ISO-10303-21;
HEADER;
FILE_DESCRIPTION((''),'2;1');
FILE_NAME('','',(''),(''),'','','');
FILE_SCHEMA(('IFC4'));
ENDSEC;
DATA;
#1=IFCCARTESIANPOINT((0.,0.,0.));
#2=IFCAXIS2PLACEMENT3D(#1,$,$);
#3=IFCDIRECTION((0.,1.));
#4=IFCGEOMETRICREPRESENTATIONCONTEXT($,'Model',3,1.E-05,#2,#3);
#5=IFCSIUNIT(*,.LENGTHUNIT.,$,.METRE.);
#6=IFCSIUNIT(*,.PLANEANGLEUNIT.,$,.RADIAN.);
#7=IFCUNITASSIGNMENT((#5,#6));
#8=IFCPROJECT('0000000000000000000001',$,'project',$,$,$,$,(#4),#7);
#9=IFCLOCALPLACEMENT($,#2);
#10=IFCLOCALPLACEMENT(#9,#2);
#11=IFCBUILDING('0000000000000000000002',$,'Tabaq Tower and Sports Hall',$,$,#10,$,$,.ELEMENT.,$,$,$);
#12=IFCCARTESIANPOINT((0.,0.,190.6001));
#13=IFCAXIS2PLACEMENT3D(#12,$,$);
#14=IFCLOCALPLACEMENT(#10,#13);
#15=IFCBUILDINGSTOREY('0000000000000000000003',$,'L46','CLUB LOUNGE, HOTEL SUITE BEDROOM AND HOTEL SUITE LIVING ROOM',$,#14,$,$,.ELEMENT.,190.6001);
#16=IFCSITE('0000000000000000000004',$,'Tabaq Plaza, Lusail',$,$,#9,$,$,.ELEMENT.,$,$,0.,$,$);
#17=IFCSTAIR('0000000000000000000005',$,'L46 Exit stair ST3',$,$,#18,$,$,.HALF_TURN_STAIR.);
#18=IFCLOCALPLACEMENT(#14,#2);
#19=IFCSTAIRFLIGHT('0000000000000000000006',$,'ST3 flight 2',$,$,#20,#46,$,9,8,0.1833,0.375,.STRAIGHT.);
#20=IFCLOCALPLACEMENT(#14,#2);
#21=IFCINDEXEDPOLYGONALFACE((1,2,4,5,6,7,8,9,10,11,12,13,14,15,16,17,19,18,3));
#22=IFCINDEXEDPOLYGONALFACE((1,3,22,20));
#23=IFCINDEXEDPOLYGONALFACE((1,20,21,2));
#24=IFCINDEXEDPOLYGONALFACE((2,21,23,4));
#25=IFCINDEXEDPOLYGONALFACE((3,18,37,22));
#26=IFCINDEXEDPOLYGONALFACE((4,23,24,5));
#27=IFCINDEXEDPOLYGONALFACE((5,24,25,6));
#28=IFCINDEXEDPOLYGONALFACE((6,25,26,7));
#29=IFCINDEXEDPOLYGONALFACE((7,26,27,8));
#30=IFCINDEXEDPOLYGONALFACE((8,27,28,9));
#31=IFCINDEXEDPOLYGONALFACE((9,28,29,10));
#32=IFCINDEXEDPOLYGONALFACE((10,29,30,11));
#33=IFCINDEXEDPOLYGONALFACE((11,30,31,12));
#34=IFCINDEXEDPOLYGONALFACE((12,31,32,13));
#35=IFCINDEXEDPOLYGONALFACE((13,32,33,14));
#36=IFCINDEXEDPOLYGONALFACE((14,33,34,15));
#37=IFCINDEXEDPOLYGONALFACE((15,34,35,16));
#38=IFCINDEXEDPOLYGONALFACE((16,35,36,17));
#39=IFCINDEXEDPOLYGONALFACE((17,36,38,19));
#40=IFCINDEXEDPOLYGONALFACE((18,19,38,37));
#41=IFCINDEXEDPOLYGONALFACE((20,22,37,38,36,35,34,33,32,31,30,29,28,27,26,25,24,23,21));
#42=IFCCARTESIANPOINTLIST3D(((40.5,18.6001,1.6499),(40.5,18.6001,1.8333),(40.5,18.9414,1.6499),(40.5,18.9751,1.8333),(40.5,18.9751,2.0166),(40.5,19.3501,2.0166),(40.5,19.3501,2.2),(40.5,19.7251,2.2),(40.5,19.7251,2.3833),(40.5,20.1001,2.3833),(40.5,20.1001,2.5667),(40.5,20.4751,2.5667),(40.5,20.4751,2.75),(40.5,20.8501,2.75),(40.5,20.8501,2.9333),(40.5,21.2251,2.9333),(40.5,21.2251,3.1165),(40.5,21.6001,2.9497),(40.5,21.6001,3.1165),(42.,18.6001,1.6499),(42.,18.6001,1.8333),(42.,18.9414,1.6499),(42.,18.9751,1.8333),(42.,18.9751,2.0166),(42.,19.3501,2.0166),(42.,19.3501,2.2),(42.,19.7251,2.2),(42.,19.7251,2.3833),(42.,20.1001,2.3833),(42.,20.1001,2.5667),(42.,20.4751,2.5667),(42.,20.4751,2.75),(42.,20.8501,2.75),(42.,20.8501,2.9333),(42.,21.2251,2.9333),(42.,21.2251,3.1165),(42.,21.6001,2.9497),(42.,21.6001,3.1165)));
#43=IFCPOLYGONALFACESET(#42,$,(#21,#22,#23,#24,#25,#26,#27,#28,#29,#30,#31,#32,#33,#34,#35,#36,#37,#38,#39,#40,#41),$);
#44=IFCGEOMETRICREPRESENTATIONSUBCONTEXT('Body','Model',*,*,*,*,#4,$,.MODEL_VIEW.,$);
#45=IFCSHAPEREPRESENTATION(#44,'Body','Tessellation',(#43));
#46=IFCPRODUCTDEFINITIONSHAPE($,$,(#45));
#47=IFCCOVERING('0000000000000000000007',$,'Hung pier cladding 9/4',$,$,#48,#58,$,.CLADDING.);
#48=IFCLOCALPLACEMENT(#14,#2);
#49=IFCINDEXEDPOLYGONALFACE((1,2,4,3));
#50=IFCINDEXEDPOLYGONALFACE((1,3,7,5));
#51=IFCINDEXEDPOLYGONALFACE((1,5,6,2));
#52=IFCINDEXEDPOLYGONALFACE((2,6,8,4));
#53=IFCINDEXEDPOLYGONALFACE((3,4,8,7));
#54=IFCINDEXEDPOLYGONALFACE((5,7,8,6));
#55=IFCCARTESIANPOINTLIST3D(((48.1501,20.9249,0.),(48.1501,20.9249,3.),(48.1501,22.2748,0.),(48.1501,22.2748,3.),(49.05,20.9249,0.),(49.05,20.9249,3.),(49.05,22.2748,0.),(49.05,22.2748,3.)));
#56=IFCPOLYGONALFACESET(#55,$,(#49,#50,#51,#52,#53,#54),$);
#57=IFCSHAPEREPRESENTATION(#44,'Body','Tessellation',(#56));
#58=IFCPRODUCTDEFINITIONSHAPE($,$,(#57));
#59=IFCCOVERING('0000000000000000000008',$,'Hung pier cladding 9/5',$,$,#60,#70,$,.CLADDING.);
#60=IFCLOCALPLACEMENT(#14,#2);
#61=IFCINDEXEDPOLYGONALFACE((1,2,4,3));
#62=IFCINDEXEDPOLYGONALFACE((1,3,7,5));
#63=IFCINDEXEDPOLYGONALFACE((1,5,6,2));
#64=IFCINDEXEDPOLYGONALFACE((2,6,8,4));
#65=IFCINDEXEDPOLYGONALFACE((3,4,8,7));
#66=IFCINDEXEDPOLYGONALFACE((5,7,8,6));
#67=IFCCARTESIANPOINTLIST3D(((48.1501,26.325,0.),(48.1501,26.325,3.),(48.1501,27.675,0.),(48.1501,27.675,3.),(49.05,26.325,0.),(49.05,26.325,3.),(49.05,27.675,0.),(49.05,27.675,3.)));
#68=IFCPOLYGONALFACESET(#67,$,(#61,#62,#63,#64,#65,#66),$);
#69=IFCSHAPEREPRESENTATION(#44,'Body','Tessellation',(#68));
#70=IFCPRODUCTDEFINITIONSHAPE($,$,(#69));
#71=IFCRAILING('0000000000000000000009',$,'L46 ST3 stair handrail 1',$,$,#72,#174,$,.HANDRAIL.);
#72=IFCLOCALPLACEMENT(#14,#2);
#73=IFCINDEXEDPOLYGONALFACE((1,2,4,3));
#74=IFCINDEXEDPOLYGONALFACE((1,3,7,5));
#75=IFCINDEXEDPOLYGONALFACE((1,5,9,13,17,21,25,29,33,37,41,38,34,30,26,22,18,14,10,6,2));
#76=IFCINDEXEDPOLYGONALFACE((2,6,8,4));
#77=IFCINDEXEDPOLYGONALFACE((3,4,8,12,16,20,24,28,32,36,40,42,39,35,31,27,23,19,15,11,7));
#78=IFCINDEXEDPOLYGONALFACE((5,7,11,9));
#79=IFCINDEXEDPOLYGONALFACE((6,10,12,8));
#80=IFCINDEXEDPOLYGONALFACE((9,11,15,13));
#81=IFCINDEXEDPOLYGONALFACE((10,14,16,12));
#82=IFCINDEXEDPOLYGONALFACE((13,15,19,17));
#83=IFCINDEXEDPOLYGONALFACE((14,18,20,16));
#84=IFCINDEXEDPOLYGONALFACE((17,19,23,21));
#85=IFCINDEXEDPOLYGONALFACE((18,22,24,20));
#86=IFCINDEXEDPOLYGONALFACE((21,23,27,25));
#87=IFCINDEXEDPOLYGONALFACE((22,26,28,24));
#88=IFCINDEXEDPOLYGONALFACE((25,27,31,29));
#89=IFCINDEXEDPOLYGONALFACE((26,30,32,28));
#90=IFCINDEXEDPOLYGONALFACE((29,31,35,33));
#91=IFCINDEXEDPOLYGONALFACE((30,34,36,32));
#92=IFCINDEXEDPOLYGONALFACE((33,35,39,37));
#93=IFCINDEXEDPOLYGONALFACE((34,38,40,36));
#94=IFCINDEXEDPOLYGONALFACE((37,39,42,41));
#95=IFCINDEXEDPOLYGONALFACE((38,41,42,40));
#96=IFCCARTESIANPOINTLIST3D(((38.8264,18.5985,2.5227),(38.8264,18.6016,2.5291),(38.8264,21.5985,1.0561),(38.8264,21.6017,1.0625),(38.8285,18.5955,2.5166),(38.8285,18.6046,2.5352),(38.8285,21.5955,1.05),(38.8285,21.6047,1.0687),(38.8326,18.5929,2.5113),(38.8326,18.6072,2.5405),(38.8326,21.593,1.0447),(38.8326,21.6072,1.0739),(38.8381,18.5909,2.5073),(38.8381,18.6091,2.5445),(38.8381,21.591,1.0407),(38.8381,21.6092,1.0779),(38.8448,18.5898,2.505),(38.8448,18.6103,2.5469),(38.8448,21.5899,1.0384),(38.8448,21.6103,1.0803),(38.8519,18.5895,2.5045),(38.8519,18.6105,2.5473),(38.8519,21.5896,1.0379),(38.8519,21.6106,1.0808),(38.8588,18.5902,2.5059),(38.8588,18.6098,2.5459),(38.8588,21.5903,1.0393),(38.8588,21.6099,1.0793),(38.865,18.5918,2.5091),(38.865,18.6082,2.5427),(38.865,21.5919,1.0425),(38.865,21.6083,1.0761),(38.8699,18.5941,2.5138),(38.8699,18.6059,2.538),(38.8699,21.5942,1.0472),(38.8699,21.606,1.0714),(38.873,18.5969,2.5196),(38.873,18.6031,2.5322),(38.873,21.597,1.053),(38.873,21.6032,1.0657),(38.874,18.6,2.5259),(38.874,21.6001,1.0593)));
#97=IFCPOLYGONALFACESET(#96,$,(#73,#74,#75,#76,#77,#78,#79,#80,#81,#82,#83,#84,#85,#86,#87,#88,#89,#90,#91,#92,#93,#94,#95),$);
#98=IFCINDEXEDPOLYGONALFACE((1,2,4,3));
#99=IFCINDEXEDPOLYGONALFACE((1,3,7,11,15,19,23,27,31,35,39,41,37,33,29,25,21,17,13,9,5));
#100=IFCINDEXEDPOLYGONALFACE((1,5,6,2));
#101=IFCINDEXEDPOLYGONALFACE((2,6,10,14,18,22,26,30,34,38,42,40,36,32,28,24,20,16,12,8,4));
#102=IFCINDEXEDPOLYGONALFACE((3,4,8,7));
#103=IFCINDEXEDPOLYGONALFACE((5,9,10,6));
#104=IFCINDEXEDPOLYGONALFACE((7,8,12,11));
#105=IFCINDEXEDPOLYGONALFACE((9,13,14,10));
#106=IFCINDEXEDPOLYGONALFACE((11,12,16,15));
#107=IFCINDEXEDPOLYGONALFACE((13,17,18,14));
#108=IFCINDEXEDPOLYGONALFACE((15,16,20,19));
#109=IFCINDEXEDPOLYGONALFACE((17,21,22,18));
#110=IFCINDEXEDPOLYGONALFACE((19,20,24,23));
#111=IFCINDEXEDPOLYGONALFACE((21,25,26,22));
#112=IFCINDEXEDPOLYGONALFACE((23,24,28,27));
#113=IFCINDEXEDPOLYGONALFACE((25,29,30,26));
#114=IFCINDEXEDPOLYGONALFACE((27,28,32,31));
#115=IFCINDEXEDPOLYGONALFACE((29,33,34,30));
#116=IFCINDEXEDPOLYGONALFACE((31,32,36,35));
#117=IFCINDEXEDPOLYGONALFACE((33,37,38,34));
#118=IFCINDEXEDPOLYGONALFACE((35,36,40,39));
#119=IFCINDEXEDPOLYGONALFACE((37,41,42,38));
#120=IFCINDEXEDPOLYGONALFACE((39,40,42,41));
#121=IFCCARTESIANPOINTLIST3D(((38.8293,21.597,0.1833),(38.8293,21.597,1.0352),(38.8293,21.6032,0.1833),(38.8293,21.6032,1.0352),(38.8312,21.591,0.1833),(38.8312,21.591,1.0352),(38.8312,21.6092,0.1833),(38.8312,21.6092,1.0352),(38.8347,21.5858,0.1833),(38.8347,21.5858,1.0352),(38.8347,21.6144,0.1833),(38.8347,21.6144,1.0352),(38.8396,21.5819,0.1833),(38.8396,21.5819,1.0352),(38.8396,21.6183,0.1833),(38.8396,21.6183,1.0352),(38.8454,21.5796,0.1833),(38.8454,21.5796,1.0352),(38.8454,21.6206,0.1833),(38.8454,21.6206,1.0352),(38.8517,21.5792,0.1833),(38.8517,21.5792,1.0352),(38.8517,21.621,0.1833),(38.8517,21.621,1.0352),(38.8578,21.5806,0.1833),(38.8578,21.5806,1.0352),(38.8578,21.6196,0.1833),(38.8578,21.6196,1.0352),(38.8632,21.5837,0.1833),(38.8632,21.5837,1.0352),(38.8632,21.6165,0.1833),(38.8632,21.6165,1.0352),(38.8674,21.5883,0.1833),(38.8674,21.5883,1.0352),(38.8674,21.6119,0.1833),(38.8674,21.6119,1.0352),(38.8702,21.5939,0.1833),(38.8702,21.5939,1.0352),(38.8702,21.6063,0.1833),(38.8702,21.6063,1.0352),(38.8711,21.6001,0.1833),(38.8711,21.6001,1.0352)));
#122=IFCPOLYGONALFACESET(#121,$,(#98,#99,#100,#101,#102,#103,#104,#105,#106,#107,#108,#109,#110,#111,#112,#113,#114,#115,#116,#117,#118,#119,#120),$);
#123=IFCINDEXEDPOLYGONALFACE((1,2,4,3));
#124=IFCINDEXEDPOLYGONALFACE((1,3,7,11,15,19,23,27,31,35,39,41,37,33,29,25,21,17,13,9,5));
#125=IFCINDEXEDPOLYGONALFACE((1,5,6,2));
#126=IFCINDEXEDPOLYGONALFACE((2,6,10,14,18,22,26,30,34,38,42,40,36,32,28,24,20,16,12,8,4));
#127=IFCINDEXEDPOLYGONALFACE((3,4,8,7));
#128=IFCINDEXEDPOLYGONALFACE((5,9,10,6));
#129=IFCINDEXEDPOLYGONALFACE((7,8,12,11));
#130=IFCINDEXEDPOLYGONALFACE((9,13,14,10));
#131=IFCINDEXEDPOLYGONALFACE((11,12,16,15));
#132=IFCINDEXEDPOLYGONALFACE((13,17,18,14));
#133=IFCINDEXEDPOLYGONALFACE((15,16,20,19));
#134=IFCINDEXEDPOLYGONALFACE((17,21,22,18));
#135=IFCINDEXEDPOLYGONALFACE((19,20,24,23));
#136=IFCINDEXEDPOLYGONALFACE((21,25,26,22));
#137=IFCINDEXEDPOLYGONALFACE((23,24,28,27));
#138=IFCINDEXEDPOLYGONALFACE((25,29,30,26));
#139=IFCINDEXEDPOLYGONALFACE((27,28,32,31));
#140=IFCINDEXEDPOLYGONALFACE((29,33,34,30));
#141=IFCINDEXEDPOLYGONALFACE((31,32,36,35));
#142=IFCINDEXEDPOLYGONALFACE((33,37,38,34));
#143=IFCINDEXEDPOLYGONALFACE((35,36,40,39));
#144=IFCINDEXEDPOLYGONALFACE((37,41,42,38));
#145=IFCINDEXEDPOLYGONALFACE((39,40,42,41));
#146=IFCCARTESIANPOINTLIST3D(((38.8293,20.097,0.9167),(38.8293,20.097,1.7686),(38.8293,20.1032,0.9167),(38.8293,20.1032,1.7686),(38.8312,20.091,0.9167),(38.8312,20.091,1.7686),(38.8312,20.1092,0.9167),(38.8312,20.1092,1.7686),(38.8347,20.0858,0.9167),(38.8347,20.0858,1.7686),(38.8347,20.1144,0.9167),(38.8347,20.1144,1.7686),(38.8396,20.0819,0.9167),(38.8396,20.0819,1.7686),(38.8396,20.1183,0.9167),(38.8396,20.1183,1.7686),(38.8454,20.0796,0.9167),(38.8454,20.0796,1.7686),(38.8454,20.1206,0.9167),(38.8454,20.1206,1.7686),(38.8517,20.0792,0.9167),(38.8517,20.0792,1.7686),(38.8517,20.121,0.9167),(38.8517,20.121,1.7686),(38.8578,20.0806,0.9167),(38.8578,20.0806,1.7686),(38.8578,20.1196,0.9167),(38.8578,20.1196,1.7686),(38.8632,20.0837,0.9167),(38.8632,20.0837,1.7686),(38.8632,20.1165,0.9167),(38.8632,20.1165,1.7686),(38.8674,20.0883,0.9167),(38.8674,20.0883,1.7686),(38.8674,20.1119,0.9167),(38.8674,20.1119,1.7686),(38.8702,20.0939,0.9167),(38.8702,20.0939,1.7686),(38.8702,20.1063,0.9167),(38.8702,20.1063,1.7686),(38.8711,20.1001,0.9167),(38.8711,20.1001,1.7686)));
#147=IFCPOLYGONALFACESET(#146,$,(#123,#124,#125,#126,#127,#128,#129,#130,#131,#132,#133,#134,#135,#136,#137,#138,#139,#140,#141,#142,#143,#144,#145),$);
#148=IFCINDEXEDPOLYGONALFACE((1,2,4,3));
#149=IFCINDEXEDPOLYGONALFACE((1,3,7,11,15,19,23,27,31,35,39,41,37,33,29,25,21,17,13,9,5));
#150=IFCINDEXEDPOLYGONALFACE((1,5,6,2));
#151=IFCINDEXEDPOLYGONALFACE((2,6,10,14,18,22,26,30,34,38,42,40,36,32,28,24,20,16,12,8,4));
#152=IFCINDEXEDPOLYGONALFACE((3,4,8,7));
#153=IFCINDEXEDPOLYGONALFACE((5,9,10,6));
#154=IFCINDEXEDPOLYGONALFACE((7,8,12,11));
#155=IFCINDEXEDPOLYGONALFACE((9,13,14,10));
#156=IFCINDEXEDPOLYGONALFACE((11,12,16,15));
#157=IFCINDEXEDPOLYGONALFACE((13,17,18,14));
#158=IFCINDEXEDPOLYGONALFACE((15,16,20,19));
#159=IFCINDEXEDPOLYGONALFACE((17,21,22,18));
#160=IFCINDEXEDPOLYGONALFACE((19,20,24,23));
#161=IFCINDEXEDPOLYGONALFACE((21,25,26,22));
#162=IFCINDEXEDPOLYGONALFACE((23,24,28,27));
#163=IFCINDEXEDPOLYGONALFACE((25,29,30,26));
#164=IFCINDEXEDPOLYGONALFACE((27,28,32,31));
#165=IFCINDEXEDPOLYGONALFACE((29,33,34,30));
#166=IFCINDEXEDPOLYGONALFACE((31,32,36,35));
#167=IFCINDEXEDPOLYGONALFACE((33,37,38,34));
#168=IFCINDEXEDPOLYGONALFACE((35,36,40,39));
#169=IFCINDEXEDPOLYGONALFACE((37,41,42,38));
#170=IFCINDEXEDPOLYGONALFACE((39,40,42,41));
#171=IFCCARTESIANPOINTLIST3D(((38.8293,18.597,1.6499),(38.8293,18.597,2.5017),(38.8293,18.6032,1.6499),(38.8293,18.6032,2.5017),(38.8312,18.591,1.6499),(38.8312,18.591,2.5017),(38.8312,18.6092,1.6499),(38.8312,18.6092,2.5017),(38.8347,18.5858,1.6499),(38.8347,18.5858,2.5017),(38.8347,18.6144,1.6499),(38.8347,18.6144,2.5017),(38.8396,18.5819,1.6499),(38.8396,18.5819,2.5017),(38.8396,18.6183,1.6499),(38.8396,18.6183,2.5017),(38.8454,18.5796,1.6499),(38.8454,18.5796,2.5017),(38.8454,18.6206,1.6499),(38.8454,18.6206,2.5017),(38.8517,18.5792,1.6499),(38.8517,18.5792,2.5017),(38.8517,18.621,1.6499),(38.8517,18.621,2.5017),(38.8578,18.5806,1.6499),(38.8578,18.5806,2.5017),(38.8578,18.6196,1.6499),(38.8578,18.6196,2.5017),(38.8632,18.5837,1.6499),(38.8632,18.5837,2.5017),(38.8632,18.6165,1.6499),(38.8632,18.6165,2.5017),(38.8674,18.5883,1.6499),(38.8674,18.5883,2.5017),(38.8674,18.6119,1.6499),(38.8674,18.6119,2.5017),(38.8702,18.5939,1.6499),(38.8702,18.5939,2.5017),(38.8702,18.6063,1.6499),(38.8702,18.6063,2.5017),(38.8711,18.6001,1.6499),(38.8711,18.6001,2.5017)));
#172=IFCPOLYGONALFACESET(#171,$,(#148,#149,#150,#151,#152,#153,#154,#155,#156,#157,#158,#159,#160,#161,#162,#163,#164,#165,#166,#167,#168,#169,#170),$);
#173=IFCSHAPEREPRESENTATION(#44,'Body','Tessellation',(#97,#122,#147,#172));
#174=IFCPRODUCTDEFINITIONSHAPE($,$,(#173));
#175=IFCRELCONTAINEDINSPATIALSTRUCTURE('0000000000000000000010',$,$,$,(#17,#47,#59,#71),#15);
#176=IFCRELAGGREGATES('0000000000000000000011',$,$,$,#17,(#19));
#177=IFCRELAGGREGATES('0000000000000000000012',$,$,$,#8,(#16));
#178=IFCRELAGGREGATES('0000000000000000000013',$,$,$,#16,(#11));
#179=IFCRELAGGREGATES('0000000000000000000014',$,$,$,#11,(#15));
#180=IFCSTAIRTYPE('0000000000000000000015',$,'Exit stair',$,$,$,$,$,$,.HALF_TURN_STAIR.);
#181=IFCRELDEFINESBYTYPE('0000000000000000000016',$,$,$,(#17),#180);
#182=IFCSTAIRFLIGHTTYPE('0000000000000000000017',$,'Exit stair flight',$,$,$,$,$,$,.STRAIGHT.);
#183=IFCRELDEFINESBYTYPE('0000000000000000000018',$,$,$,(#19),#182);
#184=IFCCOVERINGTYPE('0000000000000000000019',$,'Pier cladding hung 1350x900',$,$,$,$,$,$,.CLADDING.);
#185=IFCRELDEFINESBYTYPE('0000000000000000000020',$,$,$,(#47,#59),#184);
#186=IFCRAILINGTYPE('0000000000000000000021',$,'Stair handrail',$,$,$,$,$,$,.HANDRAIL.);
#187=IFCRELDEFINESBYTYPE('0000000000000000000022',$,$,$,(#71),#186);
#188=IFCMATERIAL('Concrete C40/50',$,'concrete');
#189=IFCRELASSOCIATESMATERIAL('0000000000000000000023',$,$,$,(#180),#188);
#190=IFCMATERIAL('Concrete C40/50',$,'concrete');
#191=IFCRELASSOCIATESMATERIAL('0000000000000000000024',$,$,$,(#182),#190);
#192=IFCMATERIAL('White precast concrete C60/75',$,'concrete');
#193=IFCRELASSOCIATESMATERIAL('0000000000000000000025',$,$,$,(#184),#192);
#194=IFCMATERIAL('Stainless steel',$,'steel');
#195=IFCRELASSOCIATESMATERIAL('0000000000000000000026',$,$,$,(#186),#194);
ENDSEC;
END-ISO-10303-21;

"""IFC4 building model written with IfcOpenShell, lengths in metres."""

from ifc_helpers import new_model, si_unit, direction, frame, frame_2d, origin, origin_2d, place, context, subcontext, project, spatial, polyline, rectangle, circle, outline, extrude, material, type_object, element, aggregate, save


model = new_model("IFC4")

# Units and contexts
model_context = context("Model", 3, precision=1e-05, world=origin(), true_north=direction((0.0, 1.0)))
body_context = subcontext(model_context, "Body", "Model", "MODEL_VIEW")
ifc_project = project(units=[si_unit("LENGTHUNIT", "METRE"), si_unit("PLANEANGLEUNIT", "RADIAN")], contexts=[model_context])

# Site, building, storey
site_placement = place(None, origin())
site = spatial("IfcSite", under=ifc_project, at=site_placement, Name="Tabaq Plaza, Lusail", CompositionType="ELEMENT", RefElevation=0.0)
building_placement = place(site_placement, origin())
building = spatial("IfcBuilding", under=site, at=building_placement, Name="Tabaq Tower and Sports Hall", CompositionType="ELEMENT")
storey_placement = place(building_placement, frame((0.0, 0.0, 190.6001)))
storey = spatial("IfcBuildingStorey", under=building, at=storey_placement, Name="L46", Description="CLUB LOUNGE, HOTEL SUITE BEDROOM AND HOTEL SUITE LIVING ROOM", CompositionType="ELEMENT", Elevation=190.6001)

# Stair, stair flight
ifc_material_1 = material(Name="Concrete C40/50", Category="concrete")
stair_type = type_object("IfcStairType", Name="Exit stair", PredefinedType="HALF_TURN_STAIR", material=ifc_material_1)
stair_placement = place(storey_placement, origin())
stair = element("IfcStair", 1, at=stair_placement, inside=storey, type_object=stair_type, Name="L46 Exit stair ST3", PredefinedType="HALF_TURN_STAIR")
ifc_material_2 = material(Name="Concrete C40/50", Category="concrete")
stair_flight_type = type_object("IfcStairFlightType", Name="Exit stair flight", PredefinedType="STRAIGHT", material=ifc_material_2)
stair_flight_1_placement = place(storey_placement, frame((41.25, 18.6001, 1.6499), z_axis=(0.0, 0.0, 1.0), x_axis=(0.0, 1.0, 0.0)))
stair_flight_1 = element("IfcStairFlight", 2, at=stair_flight_1_placement, type_object=stair_flight_type, Name="ST3 flight 2", NumberOfRisers=9, NumberOfTreads=8, PredefinedType="STRAIGHT", RiserHeight=0.1833, TreadLength=0.375, context=body_context, shape_type="SweptSolid", body=[
    extrude(outline(polyline([(0.0, 0.0), (0.0, 0.1833), (0.375, 0.1833), (0.375, 0.3667), (0.75, 0.3667), (0.75, 0.55), (1.125, 0.55), (1.125, 0.7334), (1.5, 0.7334), (1.5, 0.9167), (1.875, 0.9167), (1.875, 1.1001), (2.25, 1.1001), (2.25, 1.2834), (2.625, 1.2834), (2.625, 1.4666), (3.0, 1.4666), (3.0, 1.6499), (3.0, 1.2998), (0.3413, 0.0), (0.0, 0.0)])), frame((0.0, 0.75, 0.0), z_axis=(0.0, -1.0, 0.0), x_axis=(1.0, 0.0, 0.0)), (0.0, 0.0, 1.0), 1.5),
])
aggregate(stair, [stair_flight_1])

# Coverings
ifc_material_3 = material(Name="White precast concrete C60/75", Category="concrete")
covering_type_1 = type_object("IfcCoveringType", Name="Pier cladding hung 1350x900", PredefinedType="CLADDING", material=ifc_material_3)
covering_1_placement = place(storey_placement, frame((48.6001, 20.925, 0.0), z_axis=(0.0, 0.0, 1.0), x_axis=(0.0, 1.0, 0.0)))
element("IfcCovering", 3, at=covering_1_placement, inside=storey, type_object=covering_type_1, Name="Hung pier cladding 9/4", PredefinedType="CLADDING", context=body_context, shape_type="SweptSolid", body=[
    extrude(rectangle(XDim=1.3499, YDim=0.8999, at=frame_2d((0.6748, 0.0))), origin(), (0.0, 0.0, 1.0), 3.0),
])
covering_2_placement = place(storey_placement, frame((48.6001, 26.325, 0.0), z_axis=(0.0, 0.0, 1.0), x_axis=(0.0, 1.0, 0.0)))
element("IfcCovering", 4, at=covering_2_placement, inside=storey, type_object=covering_type_1, Name="Hung pier cladding 9/5", PredefinedType="CLADDING", context=body_context, shape_type="SweptSolid", body=[
    extrude(rectangle(XDim=1.3501, YDim=0.8999, at=frame_2d((0.675, 0.0))), origin(), (0.0, 0.0, 1.0), 3.0),
])

# Railing
ifc_material_4 = material(Name="Stainless steel", Category="steel")
railing_type_1 = type_object("IfcRailingType", Name="Stair handrail", PredefinedType="HANDRAIL", material=ifc_material_4)
railing_1_placement = place(storey_placement, frame((38.8501, 21.6001, 0.1833)))
element("IfcRailing", 5, at=railing_1_placement, inside=storey, type_object=railing_type_1, Name="L46 ST3 stair handrail 1", PredefinedType="HANDRAIL", context=body_context, shape_type="SweptSolid", body=[
    extrude(circle(Radius=0.0239, at=origin_2d()), frame((0.0, 0.0, 0.876), z_axis=(0.0, -0.898398, 0.439183), x_axis=(1.0, 0.0, 0.0)), (0.0, 0.0, 1.0), 3.3394),
    extrude(circle(Radius=0.021, at=origin_2d()), origin(), (0.0, 0.0, 1.0), 0.8518),
    extrude(circle(Radius=0.021, at=origin_2d()), frame((0.0, -1.5, 0.7334)), (0.0, 0.0, 1.0), 0.8518),
    extrude(circle(Radius=0.021, at=origin_2d()), frame((0.0, -3.0, 1.4666)), (0.0, 0.0, 1.0), 0.8518),
])

save(model, "model.ifc")
